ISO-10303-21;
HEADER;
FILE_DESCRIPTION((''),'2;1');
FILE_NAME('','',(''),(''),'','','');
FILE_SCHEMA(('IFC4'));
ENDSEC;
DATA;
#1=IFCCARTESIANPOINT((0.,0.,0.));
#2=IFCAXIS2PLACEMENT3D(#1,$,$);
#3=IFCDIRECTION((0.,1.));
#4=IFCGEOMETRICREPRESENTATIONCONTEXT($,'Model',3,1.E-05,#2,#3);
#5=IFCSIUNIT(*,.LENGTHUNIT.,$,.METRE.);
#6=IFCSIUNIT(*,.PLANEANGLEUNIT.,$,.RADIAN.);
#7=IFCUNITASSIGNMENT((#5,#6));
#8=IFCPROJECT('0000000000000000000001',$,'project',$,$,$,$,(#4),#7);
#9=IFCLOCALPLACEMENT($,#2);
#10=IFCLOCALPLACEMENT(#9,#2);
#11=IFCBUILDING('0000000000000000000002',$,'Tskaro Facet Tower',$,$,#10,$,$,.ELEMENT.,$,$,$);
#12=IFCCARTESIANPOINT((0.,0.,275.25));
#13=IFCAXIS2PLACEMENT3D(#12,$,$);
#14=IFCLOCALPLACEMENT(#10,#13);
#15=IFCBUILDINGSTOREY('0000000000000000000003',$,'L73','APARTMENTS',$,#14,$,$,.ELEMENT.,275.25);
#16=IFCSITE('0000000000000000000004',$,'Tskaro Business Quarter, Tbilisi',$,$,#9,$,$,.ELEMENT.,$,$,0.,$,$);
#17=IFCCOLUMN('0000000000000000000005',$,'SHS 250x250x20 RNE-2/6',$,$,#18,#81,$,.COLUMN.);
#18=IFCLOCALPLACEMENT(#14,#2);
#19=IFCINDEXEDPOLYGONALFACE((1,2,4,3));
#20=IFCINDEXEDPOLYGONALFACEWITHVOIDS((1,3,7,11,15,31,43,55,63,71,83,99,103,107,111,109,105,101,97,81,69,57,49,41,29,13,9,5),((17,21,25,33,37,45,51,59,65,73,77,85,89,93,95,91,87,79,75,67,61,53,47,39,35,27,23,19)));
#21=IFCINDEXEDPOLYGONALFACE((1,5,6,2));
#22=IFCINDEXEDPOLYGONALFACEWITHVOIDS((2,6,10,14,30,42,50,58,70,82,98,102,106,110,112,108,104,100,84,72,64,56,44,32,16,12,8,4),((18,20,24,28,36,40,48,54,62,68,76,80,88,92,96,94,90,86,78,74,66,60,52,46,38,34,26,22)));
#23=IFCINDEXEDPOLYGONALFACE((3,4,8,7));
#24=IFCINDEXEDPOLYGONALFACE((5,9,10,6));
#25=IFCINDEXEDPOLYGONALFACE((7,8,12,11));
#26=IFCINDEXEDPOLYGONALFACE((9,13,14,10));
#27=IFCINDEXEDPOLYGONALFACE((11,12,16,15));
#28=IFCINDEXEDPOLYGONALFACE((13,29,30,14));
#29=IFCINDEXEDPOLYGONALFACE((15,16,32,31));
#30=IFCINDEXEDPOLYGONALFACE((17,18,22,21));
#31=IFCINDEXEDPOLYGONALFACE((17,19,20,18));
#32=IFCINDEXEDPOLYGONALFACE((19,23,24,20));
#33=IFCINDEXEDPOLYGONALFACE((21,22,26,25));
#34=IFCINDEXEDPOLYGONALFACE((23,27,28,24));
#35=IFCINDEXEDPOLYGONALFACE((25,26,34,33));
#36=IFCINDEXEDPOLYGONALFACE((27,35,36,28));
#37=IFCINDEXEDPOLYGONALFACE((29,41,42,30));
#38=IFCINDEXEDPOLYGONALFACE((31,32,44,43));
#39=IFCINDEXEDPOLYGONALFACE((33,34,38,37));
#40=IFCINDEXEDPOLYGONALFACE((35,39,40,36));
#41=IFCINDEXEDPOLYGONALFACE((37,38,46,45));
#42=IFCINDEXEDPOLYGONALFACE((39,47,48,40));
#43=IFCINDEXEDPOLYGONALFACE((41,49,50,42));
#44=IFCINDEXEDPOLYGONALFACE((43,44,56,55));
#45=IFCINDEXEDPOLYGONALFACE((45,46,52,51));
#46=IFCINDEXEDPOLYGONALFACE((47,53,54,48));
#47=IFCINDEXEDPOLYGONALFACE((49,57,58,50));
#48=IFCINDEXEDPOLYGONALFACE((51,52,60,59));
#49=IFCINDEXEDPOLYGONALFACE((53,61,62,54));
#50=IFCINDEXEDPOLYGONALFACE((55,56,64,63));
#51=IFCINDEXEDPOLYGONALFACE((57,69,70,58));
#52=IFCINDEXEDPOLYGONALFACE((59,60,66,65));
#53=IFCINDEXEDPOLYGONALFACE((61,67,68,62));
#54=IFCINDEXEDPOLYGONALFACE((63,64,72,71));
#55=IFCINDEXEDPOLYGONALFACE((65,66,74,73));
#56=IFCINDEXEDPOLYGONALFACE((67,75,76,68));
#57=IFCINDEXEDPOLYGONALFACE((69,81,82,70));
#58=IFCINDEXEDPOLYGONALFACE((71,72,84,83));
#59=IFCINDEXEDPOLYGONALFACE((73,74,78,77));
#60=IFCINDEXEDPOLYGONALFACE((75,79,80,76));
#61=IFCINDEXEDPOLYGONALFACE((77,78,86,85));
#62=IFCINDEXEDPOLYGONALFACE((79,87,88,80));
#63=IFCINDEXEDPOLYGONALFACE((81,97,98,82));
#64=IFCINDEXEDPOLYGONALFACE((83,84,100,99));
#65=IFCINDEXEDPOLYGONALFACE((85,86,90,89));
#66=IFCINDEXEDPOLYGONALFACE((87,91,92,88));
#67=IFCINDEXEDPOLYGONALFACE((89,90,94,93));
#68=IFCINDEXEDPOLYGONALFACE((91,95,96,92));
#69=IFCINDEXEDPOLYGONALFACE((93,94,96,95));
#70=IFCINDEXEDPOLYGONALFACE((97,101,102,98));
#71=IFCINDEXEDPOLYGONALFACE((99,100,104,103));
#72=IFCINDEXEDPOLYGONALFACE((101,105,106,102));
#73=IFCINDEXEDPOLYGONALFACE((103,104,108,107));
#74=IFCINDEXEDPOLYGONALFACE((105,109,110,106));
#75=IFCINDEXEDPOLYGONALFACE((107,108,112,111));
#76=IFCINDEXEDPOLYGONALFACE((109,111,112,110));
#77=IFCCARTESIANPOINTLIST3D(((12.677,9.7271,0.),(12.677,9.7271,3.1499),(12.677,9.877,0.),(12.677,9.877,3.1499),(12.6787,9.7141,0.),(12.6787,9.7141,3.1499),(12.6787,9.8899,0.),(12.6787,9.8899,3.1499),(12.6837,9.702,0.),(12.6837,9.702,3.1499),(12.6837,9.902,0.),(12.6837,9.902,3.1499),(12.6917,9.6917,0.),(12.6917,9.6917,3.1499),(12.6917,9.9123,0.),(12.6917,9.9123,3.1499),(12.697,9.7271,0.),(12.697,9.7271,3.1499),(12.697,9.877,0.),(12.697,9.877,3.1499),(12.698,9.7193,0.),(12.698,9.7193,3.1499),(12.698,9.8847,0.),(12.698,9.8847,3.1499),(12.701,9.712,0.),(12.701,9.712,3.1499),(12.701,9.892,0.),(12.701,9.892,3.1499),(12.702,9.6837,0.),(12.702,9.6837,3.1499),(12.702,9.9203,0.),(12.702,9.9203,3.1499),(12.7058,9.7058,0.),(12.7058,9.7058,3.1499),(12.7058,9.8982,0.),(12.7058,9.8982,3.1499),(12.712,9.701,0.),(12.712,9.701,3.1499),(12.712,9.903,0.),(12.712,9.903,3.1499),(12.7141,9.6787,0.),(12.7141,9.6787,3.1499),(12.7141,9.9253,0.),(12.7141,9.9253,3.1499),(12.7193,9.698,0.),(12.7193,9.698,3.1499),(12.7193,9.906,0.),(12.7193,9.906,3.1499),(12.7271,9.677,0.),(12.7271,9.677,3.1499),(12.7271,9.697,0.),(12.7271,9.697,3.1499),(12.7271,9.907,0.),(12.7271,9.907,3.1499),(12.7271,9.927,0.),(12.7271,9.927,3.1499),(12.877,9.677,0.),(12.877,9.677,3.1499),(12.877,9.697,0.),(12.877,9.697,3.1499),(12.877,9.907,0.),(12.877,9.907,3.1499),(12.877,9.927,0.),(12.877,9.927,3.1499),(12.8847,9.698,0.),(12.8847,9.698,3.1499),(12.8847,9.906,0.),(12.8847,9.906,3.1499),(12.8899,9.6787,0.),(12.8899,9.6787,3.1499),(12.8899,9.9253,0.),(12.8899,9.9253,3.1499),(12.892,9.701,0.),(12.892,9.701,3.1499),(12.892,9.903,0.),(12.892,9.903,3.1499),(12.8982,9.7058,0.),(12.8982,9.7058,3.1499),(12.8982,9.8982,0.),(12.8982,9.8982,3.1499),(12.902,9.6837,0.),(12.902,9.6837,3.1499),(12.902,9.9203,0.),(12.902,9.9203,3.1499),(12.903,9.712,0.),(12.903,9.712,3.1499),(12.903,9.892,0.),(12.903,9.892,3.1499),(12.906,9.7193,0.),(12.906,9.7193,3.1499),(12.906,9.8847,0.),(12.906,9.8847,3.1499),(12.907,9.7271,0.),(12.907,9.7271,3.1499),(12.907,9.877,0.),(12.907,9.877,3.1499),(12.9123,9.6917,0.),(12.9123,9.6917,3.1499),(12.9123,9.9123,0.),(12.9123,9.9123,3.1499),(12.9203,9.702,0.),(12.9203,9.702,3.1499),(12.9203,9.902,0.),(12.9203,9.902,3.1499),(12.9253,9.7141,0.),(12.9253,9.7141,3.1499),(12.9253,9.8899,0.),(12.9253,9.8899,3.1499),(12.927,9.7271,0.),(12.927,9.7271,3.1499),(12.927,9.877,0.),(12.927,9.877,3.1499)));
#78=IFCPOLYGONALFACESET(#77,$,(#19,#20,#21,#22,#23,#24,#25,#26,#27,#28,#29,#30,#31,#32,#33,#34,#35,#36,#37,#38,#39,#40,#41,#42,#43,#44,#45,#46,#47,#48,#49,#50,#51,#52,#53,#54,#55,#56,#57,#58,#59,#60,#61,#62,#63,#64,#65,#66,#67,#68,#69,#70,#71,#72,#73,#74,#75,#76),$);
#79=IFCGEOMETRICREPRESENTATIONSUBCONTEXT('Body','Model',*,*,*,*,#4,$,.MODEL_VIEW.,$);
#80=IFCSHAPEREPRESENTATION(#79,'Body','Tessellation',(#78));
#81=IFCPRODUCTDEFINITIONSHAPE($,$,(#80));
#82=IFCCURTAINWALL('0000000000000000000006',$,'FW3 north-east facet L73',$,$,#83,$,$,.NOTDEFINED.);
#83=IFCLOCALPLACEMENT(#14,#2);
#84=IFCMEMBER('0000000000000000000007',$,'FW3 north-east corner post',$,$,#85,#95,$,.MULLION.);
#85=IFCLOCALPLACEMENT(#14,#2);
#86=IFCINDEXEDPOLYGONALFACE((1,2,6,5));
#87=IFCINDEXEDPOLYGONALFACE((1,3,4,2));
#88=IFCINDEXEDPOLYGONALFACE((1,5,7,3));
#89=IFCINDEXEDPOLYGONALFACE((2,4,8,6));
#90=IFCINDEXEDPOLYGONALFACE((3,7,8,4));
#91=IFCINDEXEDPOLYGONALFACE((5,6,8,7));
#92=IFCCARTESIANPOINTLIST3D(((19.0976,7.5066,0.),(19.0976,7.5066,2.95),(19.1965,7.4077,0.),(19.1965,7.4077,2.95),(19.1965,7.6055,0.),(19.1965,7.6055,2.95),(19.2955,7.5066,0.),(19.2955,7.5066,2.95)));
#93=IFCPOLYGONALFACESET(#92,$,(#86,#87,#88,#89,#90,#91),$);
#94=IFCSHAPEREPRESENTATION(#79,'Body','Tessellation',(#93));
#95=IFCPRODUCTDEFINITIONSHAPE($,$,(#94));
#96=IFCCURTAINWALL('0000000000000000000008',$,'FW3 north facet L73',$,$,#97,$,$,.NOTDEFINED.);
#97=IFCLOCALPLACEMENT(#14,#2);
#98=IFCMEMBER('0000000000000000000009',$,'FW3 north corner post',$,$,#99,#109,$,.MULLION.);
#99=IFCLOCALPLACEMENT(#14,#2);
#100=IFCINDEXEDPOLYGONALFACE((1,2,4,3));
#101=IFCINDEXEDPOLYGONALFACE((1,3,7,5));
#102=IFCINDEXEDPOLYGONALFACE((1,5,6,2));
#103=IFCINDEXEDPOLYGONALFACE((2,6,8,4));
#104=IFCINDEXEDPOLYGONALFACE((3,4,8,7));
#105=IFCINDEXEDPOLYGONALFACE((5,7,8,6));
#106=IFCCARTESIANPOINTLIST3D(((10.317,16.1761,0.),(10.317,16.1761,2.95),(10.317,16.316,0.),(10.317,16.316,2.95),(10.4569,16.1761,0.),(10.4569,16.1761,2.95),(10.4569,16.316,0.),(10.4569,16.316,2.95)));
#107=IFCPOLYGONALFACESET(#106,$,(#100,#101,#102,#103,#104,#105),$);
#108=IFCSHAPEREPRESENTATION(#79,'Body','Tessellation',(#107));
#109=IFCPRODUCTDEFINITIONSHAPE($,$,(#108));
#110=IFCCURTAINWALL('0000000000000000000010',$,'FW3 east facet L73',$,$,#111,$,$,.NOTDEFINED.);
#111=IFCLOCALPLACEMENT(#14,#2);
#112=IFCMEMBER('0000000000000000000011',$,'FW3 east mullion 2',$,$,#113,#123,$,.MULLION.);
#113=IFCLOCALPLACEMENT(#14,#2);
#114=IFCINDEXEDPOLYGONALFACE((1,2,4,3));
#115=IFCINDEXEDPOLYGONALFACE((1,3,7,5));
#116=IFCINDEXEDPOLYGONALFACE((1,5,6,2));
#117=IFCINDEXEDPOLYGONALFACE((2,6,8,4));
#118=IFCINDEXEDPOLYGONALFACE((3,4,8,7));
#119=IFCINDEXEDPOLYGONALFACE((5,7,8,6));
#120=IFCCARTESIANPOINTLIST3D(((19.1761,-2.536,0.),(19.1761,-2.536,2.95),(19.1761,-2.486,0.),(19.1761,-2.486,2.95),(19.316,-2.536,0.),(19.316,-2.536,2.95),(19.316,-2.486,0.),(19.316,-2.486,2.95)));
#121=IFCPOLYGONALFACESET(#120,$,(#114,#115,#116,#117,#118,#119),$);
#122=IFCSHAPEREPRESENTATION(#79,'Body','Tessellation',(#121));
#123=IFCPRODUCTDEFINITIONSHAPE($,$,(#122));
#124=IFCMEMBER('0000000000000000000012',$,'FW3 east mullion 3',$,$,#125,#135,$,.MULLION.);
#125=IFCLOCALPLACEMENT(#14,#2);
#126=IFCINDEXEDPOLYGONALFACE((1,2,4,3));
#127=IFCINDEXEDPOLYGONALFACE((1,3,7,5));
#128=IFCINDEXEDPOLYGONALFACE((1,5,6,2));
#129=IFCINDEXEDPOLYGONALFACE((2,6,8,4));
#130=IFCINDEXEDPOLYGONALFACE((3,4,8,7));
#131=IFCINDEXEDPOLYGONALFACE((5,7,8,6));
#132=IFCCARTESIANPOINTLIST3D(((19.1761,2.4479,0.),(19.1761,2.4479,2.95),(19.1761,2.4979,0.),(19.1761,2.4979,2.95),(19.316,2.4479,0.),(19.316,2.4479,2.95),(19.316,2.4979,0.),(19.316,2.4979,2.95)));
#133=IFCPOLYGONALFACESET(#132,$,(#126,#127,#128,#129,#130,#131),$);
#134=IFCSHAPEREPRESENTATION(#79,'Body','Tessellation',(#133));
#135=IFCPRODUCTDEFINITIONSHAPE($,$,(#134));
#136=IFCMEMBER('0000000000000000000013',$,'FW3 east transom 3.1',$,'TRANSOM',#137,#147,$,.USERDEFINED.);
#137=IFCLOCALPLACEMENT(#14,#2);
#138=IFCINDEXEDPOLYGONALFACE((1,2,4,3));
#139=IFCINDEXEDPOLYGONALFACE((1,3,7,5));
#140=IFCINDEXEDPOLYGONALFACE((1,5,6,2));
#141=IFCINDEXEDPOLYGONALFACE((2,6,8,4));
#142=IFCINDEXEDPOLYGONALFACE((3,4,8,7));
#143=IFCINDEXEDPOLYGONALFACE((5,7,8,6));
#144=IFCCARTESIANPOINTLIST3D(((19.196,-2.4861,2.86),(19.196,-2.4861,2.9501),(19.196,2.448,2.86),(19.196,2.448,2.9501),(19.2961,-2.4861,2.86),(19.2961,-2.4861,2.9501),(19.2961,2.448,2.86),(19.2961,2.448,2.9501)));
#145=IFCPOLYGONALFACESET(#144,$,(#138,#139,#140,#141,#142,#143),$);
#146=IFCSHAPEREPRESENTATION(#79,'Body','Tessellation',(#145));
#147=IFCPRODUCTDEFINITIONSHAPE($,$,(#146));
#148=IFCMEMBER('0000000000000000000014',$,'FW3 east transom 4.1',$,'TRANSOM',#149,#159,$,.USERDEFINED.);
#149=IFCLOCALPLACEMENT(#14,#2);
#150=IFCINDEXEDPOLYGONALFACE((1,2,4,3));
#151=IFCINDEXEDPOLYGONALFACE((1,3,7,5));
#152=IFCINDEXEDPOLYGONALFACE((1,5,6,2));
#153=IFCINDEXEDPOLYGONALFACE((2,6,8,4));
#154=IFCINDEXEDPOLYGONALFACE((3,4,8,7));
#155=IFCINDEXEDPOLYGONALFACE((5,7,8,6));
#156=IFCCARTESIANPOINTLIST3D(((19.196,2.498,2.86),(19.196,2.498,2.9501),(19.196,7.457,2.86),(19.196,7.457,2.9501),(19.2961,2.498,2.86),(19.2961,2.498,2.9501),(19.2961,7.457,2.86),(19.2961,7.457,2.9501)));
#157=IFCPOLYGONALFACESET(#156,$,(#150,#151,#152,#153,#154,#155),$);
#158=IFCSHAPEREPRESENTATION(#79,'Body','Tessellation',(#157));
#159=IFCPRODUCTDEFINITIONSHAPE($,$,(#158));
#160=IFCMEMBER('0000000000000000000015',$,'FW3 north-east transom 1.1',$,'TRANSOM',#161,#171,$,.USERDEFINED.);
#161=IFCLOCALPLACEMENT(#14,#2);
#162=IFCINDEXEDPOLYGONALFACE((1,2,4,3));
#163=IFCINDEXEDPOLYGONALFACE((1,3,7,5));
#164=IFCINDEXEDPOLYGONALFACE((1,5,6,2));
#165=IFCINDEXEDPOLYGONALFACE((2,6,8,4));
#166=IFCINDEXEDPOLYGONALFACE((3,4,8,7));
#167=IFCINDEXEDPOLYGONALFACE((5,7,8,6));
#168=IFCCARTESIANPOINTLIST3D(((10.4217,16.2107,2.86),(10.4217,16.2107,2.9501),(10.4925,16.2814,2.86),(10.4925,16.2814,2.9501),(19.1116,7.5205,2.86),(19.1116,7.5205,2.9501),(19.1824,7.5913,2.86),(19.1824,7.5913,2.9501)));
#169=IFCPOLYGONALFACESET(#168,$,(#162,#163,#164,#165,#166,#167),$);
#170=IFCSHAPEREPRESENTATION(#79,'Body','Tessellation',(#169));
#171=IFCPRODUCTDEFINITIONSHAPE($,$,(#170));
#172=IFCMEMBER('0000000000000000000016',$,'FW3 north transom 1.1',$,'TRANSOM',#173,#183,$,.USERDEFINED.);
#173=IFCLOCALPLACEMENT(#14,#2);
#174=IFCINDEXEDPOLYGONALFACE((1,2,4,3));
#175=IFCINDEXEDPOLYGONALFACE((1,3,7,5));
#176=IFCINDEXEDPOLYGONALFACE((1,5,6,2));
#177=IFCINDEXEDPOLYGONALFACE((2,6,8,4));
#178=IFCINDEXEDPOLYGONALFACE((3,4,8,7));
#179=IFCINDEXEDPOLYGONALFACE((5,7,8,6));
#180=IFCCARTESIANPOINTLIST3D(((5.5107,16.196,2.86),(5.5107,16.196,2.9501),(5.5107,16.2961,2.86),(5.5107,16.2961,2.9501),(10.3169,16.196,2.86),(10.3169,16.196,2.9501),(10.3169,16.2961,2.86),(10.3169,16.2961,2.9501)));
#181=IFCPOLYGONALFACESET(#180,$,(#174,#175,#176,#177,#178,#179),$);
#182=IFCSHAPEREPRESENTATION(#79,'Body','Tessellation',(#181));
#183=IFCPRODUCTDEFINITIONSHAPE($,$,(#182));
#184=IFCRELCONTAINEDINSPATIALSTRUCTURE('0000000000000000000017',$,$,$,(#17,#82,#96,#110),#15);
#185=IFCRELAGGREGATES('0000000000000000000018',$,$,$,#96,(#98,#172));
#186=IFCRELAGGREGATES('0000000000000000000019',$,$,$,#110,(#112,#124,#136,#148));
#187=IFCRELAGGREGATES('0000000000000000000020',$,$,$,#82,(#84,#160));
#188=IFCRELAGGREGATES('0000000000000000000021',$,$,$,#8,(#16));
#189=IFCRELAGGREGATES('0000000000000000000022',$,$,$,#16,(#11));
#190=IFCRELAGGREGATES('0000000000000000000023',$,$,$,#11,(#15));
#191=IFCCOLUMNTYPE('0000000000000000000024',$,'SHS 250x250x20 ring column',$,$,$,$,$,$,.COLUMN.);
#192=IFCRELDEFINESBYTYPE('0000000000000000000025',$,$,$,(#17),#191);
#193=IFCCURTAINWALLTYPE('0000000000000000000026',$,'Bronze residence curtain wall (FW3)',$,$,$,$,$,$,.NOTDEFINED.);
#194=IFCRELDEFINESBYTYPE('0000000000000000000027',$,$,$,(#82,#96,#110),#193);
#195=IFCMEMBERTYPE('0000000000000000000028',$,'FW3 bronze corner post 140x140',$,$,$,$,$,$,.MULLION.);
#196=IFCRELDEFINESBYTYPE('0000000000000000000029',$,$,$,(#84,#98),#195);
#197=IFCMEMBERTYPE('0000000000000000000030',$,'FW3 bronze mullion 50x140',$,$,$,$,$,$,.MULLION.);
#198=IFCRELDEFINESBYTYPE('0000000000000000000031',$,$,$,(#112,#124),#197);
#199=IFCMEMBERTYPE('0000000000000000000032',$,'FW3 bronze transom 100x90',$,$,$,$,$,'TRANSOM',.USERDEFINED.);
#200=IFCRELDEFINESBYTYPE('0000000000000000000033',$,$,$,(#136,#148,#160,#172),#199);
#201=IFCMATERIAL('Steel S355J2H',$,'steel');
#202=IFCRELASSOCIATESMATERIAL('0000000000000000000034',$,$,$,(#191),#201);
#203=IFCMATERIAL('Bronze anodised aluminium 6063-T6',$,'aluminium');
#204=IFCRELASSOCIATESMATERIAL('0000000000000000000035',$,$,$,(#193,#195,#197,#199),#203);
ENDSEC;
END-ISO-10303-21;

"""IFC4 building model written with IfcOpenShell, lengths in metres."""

from ifc_helpers import new_model, si_unit, direction, frame, origin, origin_2d, place, context, subcontext, project, spatial, rectangle, hollow_rectangle, extrude, material, material_profile, profile_set, type_object, element, aggregate, save


model = new_model("IFC4")

# Units and contexts
model_context = context("Model", 3, precision=1e-05, world=origin(), true_north=direction((0.0, 1.0)))
body_context = subcontext(model_context, "Body", "Model", "MODEL_VIEW")
ifc_project = project(units=[si_unit("LENGTHUNIT", "METRE"), si_unit("PLANEANGLEUNIT", "RADIAN")], contexts=[model_context])

# Site, building, storey
site_placement = place(None, origin())
site = spatial("IfcSite", under=ifc_project, at=site_placement, Name="Tskaro Business Quarter, Tbilisi", CompositionType="ELEMENT", RefElevation=0.0)
building_placement = place(site_placement, origin())
building = spatial("IfcBuilding", under=site, at=building_placement, Name="Tskaro Facet Tower", CompositionType="ELEMENT")
storey_placement = place(building_placement, frame((0.0, 0.0, 275.25)))
storey = spatial("IfcBuildingStorey", under=building, at=storey_placement, Name="L73", Description="APARTMENTS", CompositionType="ELEMENT", Elevation=275.25)

# Column
ifc_material_1 = material(Name="Steel S355J2H", Category="steel")
ifc_material_profile_1 = material_profile(ifc_material_1, hollow_rectangle(XDim=0.25, YDim=0.25, WallThickness=0.02, InnerFilletRadius=0.03, OuterFilletRadius=0.05, at=origin_2d()), Name="SHS 250x250x20")
ifc_profile_set_1 = profile_set([ifc_material_profile_1], Name="Steel S355J2H")
column_type_1 = type_object("IfcColumnType", Name="SHS 250x250x20 ring column", PredefinedType="COLUMN", material=ifc_profile_set_1)
for number, where, z_axis, x_axis, name in (
    (1, (12.802, 9.802, 0.0), (0.0, 0.0, 1.0), (1.0, 0.0, 0.0), "SHS 250x250x20 RNE-2/6"),
):
    element("IfcColumn", number, at=place(storey_placement, frame(where, z_axis=z_axis, x_axis=x_axis)), inside=storey, type_object=column_type_1, Name=name, PredefinedType="COLUMN", context=body_context, shape_type="SweptSolid", body=[
        extrude(hollow_rectangle(XDim=0.25, YDim=0.25, WallThickness=0.02, InnerFilletRadius=0.03, OuterFilletRadius=0.05, at=origin_2d()), origin(), (0.0, 0.0, 1.0), 3.1499),
    ])

# Curtain walls, members
ifc_material_2 = material(Name="Bronze anodised aluminium 6063-T6", Category="aluminium")
curtain_wall_type = type_object("IfcCurtainWallType", Name="Bronze residence curtain wall (FW3)", PredefinedType="NOTDEFINED", material=ifc_material_2)
curtain_wall_1_placement = place(storey_placement, origin())
curtain_wall_1 = element("IfcCurtainWall", 2, at=curtain_wall_1_placement, inside=storey, type_object=curtain_wall_type, Name="FW3 north-east facet L73", PredefinedType="NOTDEFINED")
ifc_material_profile_2 = material_profile(ifc_material_2, rectangle(XDim=0.1399, YDim=0.1399, at=origin_2d()), Name="Corner post 140x140")
ifc_profile_set_2 = profile_set([ifc_material_profile_2], Name="Bronze anodised aluminium 6063-T6")
member_type_1 = type_object("IfcMemberType", Name="FW3 bronze corner post 140x140", PredefinedType="MULLION", material=ifc_profile_set_2)
member_1_placement = place(storey_placement, frame((19.1965, 7.5066, 0.0), z_axis=(0.0, 0.0, 1.0), x_axis=(-0.707107, 0.707107, 0.0)))
member_1 = element("IfcMember", 3, at=member_1_placement, type_object=member_type_1, Name="FW3 north-east corner post", PredefinedType="MULLION", context=body_context, shape_type="SweptSolid", body=[
    extrude(rectangle(XDim=0.1399, YDim=0.1399, at=origin_2d()), origin(), (0.0, 0.0, 1.0), 2.95),
])
curtain_wall_2_placement = place(storey_placement, origin())
curtain_wall_2 = element("IfcCurtainWall", 4, at=curtain_wall_2_placement, inside=storey, type_object=curtain_wall_type, Name="FW3 north facet L73", PredefinedType="NOTDEFINED")
member_2_placement = place(storey_placement, frame((10.387, 16.2461, 0.0), z_axis=(0.0, 0.0, 1.0), x_axis=(-1.0, 0.0, 0.0)))
member_2 = element("IfcMember", 5, at=member_2_placement, type_object=member_type_1, Name="FW3 north corner post", PredefinedType="MULLION", context=body_context, shape_type="SweptSolid", body=[
    extrude(rectangle(XDim=0.1399, YDim=0.1399, at=origin_2d()), origin(), (0.0, 0.0, 1.0), 2.95),
])

# Curtain wall, members
curtain_wall_3_placement = place(storey_placement, origin())
curtain_wall_3 = element("IfcCurtainWall", 6, at=curtain_wall_3_placement, inside=storey, type_object=curtain_wall_type, Name="FW3 east facet L73", PredefinedType="NOTDEFINED")
ifc_material_profile_3 = material_profile(ifc_material_2, rectangle(XDim=0.05, YDim=0.1399, at=origin_2d()), Name="Mullion 50x140")
ifc_profile_set_3 = profile_set([ifc_material_profile_3], Name="Bronze anodised aluminium 6063-T6")
member_type_2 = type_object("IfcMemberType", Name="FW3 bronze mullion 50x140", PredefinedType="MULLION", material=ifc_profile_set_3)
member_3_placement = place(storey_placement, frame((19.2461, -2.511, 0.0), z_axis=(0.0, 0.0, 1.0), x_axis=(0.0, 1.0, 0.0)))
member_3 = element("IfcMember", 7, at=member_3_placement, type_object=member_type_2, Name="FW3 east mullion 2", PredefinedType="MULLION", context=body_context, shape_type="SweptSolid", body=[
    extrude(rectangle(XDim=0.05, YDim=0.1399, at=origin_2d()), origin(), (0.0, 0.0, 1.0), 2.95),
])
member_4_placement = place(storey_placement, frame((19.2461, 2.4729, 0.0), z_axis=(0.0, 0.0, 1.0), x_axis=(0.0, 1.0, 0.0)))
member_4 = element("IfcMember", 8, at=member_4_placement, type_object=member_type_2, Name="FW3 east mullion 3", PredefinedType="MULLION", context=body_context, shape_type="SweptSolid", body=[
    extrude(rectangle(XDim=0.05, YDim=0.1399, at=origin_2d()), origin(), (0.0, 0.0, 1.0), 2.95),
])
ifc_material_profile_4 = material_profile(ifc_material_2, rectangle(XDim=0.1001, YDim=0.0901, at=origin_2d()), Name="Transom 100x90")
ifc_profile_set_4 = profile_set([ifc_material_profile_4], Name="Bronze anodised aluminium 6063-T6")
member_type_3 = type_object("IfcMemberType", Name="FW3 bronze transom 100x90", ElementType="TRANSOM", PredefinedType="USERDEFINED", material=ifc_profile_set_4)
member_5_placement = place(storey_placement, frame((19.2461, -2.4861, 2.905), z_axis=(0.0, 1.0, 0.0), x_axis=(-1.0, 0.0, 0.0)))
member_5 = element("IfcMember", 9, at=member_5_placement, type_object=member_type_3, Name="FW3 east transom 3.1", ObjectType="TRANSOM", PredefinedType="USERDEFINED", context=body_context, shape_type="SweptSolid", body=[
    extrude(rectangle(XDim=0.1001, YDim=0.0901, at=origin_2d()), origin(), (0.0, 0.0, 1.0), 4.9341),
])
member_6_placement = place(storey_placement, frame((19.2461, 2.498, 2.905), z_axis=(0.0, 1.0, 0.0), x_axis=(-1.0, 0.0, 0.0)))
member_6 = element("IfcMember", 10, at=member_6_placement, type_object=member_type_3, Name="FW3 east transom 4.1", ObjectType="TRANSOM", PredefinedType="USERDEFINED", context=body_context, shape_type="SweptSolid", body=[
    extrude(rectangle(XDim=0.1001, YDim=0.0901, at=origin_2d()), origin(), (0.0, 0.0, 1.0), 4.959),
])

# Members
member_7_placement = place(storey_placement, frame((19.147, 7.5559, 2.905), z_axis=(-0.707097, 0.707117, 0.0), x_axis=(-0.707117, -0.707097, 0.0)))
member_7 = element("IfcMember", 11, at=member_7_placement, type_object=member_type_3, Name="FW3 north-east transom 1.1", ObjectType="TRANSOM", PredefinedType="USERDEFINED", context=body_context, shape_type="SweptSolid", body=[
    extrude(rectangle(XDim=0.1001, YDim=0.0901, at=origin_2d()), origin(), (0.0, 0.0, 1.0), 12.2896),
])
member_8_placement = place(storey_placement, frame((10.3169, 16.2461, 2.905), z_axis=(-1.0, 0.0, 0.0), x_axis=(0.0, -1.0, 0.0)))
member_8 = element("IfcMember", 12, at=member_8_placement, type_object=member_type_3, Name="FW3 north transom 1.1", ObjectType="TRANSOM", PredefinedType="USERDEFINED", context=body_context, shape_type="SweptSolid", body=[
    extrude(rectangle(XDim=0.1001, YDim=0.0901, at=origin_2d()), origin(), (0.0, 0.0, 1.0), 4.8062),
])
aggregate(curtain_wall_2, [member_2, member_8])

aggregate(curtain_wall_3, [member_3, member_4, member_5, member_6])
aggregate(curtain_wall_1, [member_1, member_7])

save(model, "model.ifc")
